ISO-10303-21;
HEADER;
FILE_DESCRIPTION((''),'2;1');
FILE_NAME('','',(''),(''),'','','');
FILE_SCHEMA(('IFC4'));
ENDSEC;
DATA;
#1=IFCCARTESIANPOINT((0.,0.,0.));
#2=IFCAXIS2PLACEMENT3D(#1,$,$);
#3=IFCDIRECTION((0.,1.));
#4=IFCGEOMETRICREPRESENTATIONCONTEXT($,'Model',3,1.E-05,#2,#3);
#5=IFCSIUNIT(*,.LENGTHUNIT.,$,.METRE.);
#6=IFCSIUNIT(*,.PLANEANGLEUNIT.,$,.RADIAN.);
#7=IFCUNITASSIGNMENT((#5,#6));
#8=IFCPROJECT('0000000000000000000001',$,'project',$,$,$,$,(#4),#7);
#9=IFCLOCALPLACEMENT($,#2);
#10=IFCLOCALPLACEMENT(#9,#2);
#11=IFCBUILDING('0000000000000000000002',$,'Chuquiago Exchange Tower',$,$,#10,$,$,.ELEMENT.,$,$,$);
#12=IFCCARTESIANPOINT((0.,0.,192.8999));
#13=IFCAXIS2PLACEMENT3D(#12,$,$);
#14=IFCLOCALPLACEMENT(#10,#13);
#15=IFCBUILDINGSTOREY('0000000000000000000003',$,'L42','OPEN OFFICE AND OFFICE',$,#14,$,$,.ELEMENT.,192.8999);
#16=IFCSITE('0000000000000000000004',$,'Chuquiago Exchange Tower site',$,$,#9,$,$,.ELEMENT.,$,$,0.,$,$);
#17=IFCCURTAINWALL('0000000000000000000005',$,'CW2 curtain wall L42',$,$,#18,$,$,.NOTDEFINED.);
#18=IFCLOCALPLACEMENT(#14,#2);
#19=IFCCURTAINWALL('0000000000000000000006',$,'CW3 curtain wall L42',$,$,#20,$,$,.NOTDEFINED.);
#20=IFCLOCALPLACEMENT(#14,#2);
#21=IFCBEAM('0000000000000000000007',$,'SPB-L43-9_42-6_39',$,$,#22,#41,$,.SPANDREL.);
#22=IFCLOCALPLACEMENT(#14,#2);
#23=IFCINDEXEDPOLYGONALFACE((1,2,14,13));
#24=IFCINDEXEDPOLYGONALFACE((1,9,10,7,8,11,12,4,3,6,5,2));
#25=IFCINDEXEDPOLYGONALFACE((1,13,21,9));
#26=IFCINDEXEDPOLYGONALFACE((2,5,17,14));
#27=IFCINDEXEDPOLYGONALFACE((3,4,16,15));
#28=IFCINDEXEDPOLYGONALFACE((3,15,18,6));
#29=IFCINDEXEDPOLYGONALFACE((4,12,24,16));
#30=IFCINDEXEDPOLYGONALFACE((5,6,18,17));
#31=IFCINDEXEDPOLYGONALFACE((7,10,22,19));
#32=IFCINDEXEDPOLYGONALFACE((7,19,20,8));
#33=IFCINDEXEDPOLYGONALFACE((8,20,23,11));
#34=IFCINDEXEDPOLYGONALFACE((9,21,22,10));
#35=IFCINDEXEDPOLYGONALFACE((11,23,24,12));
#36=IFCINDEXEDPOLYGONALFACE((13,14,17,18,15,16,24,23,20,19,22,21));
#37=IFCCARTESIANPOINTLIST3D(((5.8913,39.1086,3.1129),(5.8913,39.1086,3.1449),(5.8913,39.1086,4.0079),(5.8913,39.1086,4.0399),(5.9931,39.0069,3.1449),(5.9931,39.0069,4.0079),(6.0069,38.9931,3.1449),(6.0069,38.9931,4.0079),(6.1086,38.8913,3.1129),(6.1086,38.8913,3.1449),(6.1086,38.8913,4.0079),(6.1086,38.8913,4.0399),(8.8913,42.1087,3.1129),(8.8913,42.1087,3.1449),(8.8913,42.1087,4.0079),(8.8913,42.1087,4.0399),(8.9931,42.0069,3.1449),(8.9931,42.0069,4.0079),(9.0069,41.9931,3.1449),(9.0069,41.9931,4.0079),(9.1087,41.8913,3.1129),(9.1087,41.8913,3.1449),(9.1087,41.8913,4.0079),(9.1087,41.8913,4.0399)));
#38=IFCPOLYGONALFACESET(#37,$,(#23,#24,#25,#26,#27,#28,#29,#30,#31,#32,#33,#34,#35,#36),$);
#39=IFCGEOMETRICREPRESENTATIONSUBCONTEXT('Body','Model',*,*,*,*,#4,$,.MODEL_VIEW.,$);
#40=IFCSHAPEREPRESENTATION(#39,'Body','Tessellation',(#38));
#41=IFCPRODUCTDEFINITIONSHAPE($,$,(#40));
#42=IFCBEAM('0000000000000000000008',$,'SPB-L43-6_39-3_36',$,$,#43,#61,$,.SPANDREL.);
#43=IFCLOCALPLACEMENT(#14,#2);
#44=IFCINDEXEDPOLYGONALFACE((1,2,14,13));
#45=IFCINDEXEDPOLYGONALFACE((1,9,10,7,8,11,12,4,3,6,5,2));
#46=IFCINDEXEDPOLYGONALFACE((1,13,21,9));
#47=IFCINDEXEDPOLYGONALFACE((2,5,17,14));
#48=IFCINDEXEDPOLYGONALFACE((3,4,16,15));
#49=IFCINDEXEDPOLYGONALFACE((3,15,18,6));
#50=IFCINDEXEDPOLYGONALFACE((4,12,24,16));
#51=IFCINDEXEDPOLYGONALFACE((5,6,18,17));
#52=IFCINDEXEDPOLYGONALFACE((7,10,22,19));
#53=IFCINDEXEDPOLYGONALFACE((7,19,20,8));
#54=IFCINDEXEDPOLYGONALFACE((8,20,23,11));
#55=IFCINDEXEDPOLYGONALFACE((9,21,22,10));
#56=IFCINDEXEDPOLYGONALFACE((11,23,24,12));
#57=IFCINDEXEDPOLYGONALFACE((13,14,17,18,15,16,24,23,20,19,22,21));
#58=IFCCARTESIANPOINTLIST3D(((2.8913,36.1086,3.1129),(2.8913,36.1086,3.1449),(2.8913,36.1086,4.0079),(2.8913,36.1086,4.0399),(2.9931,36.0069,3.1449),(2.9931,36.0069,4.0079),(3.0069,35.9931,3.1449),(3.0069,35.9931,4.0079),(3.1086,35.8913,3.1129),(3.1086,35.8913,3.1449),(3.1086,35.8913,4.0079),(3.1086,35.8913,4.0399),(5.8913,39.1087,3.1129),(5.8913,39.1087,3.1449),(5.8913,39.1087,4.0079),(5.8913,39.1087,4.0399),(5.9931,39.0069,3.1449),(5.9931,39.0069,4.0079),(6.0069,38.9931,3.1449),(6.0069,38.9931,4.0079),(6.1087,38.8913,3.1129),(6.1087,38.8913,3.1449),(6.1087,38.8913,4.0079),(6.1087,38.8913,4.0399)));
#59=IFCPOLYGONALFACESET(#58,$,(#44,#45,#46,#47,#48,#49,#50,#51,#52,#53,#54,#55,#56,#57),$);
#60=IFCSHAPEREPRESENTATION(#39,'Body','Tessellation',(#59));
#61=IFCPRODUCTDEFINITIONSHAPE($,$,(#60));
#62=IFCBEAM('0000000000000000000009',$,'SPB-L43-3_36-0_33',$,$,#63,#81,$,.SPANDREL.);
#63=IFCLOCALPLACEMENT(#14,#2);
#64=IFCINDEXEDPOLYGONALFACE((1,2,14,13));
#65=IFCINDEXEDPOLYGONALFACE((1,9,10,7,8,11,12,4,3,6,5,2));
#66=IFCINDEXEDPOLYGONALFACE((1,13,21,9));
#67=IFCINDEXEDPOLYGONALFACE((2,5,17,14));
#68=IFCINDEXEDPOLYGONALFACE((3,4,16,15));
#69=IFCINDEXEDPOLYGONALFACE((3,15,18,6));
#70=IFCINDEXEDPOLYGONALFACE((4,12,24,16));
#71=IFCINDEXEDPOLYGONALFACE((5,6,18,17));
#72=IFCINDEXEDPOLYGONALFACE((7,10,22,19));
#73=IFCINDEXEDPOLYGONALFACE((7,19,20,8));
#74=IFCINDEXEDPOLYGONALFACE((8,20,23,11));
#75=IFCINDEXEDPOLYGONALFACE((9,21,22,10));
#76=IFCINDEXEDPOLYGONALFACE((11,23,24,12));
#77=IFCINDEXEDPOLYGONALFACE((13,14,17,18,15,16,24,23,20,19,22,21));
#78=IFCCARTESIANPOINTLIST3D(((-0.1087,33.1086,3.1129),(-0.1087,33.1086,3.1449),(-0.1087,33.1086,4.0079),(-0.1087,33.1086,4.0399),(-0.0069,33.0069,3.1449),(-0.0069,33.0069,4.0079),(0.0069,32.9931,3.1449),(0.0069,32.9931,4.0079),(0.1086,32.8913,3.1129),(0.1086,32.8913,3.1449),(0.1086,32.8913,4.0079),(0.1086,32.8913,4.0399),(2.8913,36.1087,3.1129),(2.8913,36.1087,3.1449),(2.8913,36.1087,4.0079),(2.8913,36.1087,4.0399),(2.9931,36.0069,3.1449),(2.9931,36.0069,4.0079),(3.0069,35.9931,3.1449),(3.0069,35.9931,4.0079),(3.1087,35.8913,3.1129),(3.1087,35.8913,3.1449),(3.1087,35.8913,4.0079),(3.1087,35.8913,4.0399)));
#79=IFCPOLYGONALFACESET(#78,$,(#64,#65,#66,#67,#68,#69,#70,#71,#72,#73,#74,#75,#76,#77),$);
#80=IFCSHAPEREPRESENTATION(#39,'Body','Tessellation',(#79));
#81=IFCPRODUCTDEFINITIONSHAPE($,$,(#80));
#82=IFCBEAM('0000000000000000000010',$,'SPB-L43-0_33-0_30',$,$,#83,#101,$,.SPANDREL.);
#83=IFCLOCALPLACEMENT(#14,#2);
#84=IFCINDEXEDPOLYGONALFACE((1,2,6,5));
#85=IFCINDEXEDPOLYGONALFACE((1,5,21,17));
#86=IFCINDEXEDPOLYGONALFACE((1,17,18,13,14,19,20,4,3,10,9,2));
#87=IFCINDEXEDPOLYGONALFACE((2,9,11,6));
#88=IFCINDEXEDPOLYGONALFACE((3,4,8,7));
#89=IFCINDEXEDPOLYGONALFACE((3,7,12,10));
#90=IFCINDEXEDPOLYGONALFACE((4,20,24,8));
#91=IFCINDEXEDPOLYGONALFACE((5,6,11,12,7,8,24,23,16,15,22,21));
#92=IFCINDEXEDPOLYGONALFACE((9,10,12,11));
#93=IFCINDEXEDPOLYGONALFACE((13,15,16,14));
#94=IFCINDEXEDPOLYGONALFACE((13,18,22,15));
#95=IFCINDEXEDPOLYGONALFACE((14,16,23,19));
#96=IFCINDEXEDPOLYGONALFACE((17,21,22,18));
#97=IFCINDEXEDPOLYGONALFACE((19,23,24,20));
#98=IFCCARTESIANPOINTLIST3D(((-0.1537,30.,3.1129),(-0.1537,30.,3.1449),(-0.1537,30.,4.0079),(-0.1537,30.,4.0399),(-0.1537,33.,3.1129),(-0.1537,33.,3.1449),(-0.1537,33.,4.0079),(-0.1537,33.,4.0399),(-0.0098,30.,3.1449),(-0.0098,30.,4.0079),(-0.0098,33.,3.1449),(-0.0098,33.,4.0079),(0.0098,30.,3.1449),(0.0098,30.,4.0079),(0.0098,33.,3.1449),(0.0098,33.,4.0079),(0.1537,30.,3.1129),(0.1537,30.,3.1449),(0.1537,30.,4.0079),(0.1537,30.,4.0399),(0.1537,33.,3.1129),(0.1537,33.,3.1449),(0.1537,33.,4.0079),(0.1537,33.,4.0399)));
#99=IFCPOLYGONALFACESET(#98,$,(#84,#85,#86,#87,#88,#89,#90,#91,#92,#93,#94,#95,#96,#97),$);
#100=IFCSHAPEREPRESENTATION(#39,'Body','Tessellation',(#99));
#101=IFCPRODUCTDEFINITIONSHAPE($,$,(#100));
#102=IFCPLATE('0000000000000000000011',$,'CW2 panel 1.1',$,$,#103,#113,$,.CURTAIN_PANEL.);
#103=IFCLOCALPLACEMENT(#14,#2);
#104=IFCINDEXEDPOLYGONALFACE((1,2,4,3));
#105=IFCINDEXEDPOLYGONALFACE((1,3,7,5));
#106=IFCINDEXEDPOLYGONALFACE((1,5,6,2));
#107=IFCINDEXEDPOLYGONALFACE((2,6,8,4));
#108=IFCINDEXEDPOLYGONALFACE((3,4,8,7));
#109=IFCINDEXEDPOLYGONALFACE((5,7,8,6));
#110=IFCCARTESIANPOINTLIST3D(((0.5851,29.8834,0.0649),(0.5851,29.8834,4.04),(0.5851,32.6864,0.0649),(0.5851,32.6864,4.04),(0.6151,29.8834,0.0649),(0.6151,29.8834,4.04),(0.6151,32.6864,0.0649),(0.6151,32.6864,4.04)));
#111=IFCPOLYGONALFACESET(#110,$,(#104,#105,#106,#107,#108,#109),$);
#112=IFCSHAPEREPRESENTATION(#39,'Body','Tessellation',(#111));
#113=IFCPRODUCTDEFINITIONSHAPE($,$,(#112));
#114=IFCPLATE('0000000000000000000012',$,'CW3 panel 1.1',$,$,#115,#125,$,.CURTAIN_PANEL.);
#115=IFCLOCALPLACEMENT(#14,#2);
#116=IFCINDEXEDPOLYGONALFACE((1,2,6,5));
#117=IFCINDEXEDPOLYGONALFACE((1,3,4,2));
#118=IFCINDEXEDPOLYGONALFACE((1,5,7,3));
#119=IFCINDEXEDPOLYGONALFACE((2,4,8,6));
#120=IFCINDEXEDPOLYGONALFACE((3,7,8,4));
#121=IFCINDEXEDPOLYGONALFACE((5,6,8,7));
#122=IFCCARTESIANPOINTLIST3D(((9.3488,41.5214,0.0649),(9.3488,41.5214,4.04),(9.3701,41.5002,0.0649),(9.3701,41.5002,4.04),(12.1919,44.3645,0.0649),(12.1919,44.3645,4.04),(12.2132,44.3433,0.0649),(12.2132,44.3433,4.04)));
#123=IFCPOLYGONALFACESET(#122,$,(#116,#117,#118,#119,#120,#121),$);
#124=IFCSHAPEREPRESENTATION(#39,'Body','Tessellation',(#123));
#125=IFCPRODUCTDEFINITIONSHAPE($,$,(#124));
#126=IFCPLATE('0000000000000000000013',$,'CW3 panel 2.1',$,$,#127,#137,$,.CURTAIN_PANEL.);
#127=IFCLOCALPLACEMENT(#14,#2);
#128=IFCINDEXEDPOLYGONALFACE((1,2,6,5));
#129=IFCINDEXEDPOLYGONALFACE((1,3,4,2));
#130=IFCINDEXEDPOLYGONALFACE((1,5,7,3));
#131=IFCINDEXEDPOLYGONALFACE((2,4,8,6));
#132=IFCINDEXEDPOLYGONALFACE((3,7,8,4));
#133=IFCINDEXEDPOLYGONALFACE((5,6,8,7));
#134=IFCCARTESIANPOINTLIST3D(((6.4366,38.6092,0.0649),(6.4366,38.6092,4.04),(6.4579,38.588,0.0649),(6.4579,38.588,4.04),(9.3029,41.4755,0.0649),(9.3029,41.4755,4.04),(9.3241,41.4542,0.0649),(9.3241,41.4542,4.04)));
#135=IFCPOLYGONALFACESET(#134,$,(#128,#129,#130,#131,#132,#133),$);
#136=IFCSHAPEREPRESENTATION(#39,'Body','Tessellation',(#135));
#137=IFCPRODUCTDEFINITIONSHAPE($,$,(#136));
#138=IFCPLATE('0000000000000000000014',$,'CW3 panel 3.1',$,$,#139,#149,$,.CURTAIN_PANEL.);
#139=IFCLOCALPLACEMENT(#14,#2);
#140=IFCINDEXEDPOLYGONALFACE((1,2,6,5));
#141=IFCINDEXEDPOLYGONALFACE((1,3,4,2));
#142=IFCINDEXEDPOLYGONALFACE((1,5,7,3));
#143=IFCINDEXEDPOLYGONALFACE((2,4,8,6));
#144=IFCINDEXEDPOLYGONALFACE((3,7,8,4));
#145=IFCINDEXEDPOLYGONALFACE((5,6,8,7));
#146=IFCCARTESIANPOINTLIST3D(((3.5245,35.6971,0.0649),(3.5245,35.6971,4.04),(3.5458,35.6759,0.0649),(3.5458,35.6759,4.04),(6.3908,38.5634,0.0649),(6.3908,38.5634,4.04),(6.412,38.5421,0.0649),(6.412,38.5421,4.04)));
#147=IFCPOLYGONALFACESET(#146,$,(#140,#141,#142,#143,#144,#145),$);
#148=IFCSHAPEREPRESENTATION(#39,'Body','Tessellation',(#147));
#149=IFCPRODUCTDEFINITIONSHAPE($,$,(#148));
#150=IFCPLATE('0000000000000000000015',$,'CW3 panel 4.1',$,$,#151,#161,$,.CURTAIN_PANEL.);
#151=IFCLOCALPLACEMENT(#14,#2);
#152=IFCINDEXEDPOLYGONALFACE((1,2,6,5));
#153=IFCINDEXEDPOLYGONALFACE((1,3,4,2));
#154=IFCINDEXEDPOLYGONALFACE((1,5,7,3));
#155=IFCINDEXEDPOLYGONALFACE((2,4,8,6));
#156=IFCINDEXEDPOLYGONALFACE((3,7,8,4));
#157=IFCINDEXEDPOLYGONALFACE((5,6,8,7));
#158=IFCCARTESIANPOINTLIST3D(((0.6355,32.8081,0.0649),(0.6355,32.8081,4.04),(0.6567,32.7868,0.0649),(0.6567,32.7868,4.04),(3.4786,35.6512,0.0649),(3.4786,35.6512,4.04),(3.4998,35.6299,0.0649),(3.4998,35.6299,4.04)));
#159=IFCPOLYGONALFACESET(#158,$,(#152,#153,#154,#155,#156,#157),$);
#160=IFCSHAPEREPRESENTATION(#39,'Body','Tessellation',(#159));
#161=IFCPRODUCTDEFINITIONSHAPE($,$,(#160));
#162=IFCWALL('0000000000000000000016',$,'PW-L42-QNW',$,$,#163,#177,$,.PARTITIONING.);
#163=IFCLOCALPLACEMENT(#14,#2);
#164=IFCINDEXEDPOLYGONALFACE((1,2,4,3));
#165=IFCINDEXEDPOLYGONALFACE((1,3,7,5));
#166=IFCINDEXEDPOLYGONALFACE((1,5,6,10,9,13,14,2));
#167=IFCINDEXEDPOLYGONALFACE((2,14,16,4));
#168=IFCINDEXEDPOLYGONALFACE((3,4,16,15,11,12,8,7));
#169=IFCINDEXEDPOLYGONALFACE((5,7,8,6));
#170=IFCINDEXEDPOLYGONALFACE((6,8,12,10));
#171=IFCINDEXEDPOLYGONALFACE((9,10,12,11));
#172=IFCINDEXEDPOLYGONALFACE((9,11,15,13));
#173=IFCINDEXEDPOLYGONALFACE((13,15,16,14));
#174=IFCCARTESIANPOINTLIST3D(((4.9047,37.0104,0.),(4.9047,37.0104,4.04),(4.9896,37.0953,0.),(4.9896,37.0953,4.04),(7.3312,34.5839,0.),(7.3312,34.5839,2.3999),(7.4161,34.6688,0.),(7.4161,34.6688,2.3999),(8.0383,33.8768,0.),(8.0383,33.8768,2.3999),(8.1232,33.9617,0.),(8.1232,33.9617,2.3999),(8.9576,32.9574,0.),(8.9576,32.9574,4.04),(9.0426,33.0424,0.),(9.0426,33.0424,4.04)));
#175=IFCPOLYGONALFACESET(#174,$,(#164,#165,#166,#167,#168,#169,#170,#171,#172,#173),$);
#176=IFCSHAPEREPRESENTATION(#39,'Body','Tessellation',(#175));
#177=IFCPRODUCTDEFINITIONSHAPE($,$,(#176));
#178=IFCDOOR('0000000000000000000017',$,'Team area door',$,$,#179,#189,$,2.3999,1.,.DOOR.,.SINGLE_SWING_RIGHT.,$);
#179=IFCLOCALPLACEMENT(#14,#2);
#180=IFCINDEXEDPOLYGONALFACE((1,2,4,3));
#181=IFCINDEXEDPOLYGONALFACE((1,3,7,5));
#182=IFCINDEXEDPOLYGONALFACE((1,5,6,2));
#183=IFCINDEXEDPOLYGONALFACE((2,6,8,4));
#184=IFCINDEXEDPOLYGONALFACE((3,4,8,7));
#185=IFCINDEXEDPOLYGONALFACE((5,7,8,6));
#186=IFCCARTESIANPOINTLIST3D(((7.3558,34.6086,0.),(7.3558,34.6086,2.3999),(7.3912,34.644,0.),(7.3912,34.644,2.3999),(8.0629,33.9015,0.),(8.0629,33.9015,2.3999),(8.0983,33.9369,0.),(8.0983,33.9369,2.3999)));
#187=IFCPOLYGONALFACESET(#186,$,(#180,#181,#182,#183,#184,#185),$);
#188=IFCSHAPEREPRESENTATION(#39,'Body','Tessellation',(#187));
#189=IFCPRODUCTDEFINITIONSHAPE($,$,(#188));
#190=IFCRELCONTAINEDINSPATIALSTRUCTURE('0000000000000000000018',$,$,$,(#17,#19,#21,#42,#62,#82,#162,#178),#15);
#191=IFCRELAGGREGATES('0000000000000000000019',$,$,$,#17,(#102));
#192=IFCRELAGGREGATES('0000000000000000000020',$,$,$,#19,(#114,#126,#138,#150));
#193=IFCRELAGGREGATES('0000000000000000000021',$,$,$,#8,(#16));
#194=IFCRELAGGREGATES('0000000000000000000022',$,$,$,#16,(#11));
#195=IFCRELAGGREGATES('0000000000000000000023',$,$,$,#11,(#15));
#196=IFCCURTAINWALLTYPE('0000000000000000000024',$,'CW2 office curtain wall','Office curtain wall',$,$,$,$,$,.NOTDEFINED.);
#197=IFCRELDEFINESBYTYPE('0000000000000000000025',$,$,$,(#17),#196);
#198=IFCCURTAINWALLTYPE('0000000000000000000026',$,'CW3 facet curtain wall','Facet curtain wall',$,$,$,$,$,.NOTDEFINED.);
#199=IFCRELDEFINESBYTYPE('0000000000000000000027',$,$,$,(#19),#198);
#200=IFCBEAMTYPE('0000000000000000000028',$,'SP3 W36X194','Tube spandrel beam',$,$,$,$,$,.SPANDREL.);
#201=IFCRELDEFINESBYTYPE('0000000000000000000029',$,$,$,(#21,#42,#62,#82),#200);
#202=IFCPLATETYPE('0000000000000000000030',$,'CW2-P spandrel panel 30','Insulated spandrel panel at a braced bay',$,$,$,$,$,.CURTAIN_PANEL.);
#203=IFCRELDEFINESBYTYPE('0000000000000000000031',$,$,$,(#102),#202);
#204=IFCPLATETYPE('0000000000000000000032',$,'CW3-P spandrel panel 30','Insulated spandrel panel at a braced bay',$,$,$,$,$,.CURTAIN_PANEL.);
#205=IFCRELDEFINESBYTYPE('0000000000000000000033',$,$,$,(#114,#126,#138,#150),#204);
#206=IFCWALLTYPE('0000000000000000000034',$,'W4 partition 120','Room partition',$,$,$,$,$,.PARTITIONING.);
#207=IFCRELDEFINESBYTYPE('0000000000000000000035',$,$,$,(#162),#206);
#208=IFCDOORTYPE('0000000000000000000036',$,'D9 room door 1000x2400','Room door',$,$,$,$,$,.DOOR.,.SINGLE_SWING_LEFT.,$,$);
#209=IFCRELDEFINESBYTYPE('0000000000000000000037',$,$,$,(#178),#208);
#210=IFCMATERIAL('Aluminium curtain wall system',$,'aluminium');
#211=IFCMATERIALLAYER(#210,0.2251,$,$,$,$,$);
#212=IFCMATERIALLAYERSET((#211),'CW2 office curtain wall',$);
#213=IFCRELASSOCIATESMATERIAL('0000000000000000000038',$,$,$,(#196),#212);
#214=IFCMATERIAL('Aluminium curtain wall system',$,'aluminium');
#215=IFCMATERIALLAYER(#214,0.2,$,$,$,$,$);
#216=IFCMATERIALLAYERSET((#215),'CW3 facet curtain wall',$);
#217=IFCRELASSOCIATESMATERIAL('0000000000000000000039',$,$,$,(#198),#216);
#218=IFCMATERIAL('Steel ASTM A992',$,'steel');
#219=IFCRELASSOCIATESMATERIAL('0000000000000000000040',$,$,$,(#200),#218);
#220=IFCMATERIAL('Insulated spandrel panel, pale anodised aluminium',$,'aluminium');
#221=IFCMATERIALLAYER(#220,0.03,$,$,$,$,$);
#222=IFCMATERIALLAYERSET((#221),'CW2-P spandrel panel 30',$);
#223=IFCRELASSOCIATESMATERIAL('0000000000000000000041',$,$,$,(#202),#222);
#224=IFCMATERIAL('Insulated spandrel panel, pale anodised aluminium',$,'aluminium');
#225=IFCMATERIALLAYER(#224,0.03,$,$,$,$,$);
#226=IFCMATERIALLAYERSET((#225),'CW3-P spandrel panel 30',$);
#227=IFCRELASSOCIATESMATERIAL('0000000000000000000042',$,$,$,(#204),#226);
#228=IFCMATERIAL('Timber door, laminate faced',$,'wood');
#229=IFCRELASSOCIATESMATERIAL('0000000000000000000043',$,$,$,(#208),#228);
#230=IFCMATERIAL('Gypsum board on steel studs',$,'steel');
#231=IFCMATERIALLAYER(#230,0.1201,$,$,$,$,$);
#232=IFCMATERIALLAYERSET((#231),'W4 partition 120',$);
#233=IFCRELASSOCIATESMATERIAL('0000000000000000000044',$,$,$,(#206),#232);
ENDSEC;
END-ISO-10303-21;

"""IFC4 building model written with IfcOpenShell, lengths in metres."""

from ifc_helpers import new_model, si_unit, direction, frame, frame_2d, origin, origin_2d, place, context, subcontext, project, spatial, rectangle, i_section, extrude, material, layer, layer_set, material_profile, profile_set, type_object, element, fill, aggregate, save


model = new_model("IFC4")

# Units and contexts
model_context = context("Model", 3, precision=1e-05, world=origin(), true_north=direction((0.0, 1.0)))
body_context = subcontext(model_context, "Body", "Model", "MODEL_VIEW")
ifc_project = project(units=[si_unit("LENGTHUNIT", "METRE"), si_unit("PLANEANGLEUNIT", "RADIAN")], contexts=[model_context])

# Site, building, storey
site_placement = place(None, origin())
site = spatial("IfcSite", under=ifc_project, at=site_placement, Name="Chuquiago Exchange Tower site", CompositionType="ELEMENT", RefElevation=0.0)
building_placement = place(site_placement, origin())
building = spatial("IfcBuilding", under=site, at=building_placement, Name="Chuquiago Exchange Tower", CompositionType="ELEMENT")
storey_placement = place(building_placement, frame((0.0, 0.0, 192.8999)))
storey = spatial("IfcBuildingStorey", under=building, at=storey_placement, Name="L42", Description="OPEN OFFICE AND OFFICE", CompositionType="ELEMENT", Elevation=192.8999)

# Curtain walls
ifc_material_1 = material(Name="Aluminium curtain wall system", Category="aluminium")
ifc_layer_1 = layer(ifc_material_1, 0.2251)
ifc_layer_set_1 = layer_set([ifc_layer_1], Name="CW2 office curtain wall")
curtain_wall_type_1 = type_object("IfcCurtainWallType", Name="CW2 office curtain wall", Description="Office curtain wall", PredefinedType="NOTDEFINED", material=ifc_layer_set_1)
curtain_wall_1_placement = place(storey_placement, origin())
curtain_wall_1 = element("IfcCurtainWall", 1, at=curtain_wall_1_placement, inside=storey, type_object=curtain_wall_type_1, Name="CW2 curtain wall L42", PredefinedType="NOTDEFINED")
ifc_material_2 = material(Name="Aluminium curtain wall system", Category="aluminium")
ifc_layer_2 = layer(ifc_material_2, 0.2)
ifc_layer_set_2 = layer_set([ifc_layer_2], Name="CW3 facet curtain wall")
curtain_wall_type_2 = type_object("IfcCurtainWallType", Name="CW3 facet curtain wall", Description="Facet curtain wall", PredefinedType="NOTDEFINED", material=ifc_layer_set_2)
curtain_wall_2_placement = place(storey_placement, origin())
curtain_wall_2 = element("IfcCurtainWall", 2, at=curtain_wall_2_placement, inside=storey, type_object=curtain_wall_type_2, Name="CW3 curtain wall L42", PredefinedType="NOTDEFINED")

# Beams
ifc_material_3 = material(Name="Steel ASTM A992", Category="steel")
ifc_material_profile_1 = material_profile(ifc_material_3, i_section(OverallWidth=0.3074, OverallDepth=0.927, WebThickness=0.0195, FlangeThickness=0.032, at=origin_2d()), Name="W36X194")
ifc_profile_set_1 = profile_set([ifc_material_profile_1], Name="Steel ASTM A992")
beam_type_1 = type_object("IfcBeamType", Name="SP3 W36X194", Description="Tube spandrel beam", PredefinedType="SPANDREL", material=ifc_profile_set_1)
for number, where, z_axis, x_axis, name in (
    (3, (9.0, 42.0, 3.5764), (-0.707107, -0.707107, 0.0), (0.707107, -0.707107, 0.0), "SPB-L43-9_42-6_39"),
    (4, (6.0, 39.0, 3.5764), (-0.707107, -0.707107, 0.0), (0.707107, -0.707107, 0.0), "SPB-L43-6_39-3_36"),
    (5, (3.0, 36.0, 3.5764), (-0.707107, -0.707107, 0.0), (0.707107, -0.707107, 0.0), "SPB-L43-3_36-0_33"),
):
    element("IfcBeam", number, at=place(storey_placement, frame(where, z_axis=z_axis, x_axis=x_axis)), inside=storey, type_object=beam_type_1, Name=name, PredefinedType="SPANDREL", context=body_context, shape_type="SweptSolid", body=[
        extrude(i_section(OverallWidth=0.3074, OverallDepth=0.927, WebThickness=0.0195, FlangeThickness=0.032, at=origin_2d()), origin(), (0.0, 0.0, 1.0), 4.2427),
    ])
beam_1_placement = place(storey_placement, frame((0.0, 33.0, 3.5764), z_axis=(0.0, -1.0, 0.0), x_axis=(1.0, 0.0, 0.0)))
element("IfcBeam", 6, at=beam_1_placement, inside=storey, type_object=beam_type_1, Name="SPB-L43-0_33-0_30", PredefinedType="SPANDREL", context=body_context, shape_type="SweptSolid", body=[
    extrude(i_section(OverallWidth=0.3074, OverallDepth=0.927, WebThickness=0.0195, FlangeThickness=0.032, at=origin_2d()), origin(), (0.0, 0.0, 1.0), 3.0),
])

# Plates
ifc_material_4 = material(Name="Insulated spandrel panel, pale anodised aluminium", Category="aluminium")
ifc_layer_3 = layer(ifc_material_4, 0.03)
ifc_layer_set_3 = layer_set([ifc_layer_3], Name="CW2-P spandrel panel 30")
plate_type_1 = type_object("IfcPlateType", Name="CW2-P spandrel panel 30", Description="Insulated spandrel panel at a braced bay", PredefinedType="CURTAIN_PANEL", material=ifc_layer_set_3)
plate_1_placement = place(storey_placement, frame((0.6001, 31.2849, 0.0649), z_axis=(0.0, 0.0, 1.0), x_axis=(0.0, -1.0, 0.0)))
plate_1 = element("IfcPlate", 7, at=plate_1_placement, type_object=plate_type_1, Name="CW2 panel 1.1", PredefinedType="CURTAIN_PANEL", context=body_context, shape_type="SweptSolid", body=[
    extrude(rectangle(XDim=2.803, YDim=0.03, at=origin_2d()), origin(), (0.0, 0.0, 1.0), 3.9751),
])
aggregate(curtain_wall_1, [plate_1])
ifc_material_5 = material(Name="Insulated spandrel panel, pale anodised aluminium", Category="aluminium")
ifc_layer_4 = layer(ifc_material_5, 0.03)
ifc_layer_set_4 = layer_set([ifc_layer_4], Name="CW3-P spandrel panel 30")
plate_type_2 = type_object("IfcPlateType", Name="CW3-P spandrel panel 30", Description="Insulated spandrel panel at a braced bay", PredefinedType="CURTAIN_PANEL", material=ifc_layer_set_4)
plate_2_placement = place(storey_placement, frame((10.781, 42.9324, 0.0649), z_axis=(0.0, 0.0, 1.0), x_axis=(-0.707107, -0.707107, 0.0)))
plate_2 = element("IfcPlate", 8, at=plate_2_placement, type_object=plate_type_2, Name="CW3 panel 1.1", PredefinedType="CURTAIN_PANEL", context=body_context, shape_type="SweptSolid", body=[
    extrude(rectangle(XDim=4.0208, YDim=0.03, at=origin_2d()), origin(), (0.0, 0.0, 1.0), 3.9751),
])
plate_3_placement = place(storey_placement, frame((7.8804, 40.0317, 0.0649), z_axis=(0.0, 0.0, 1.0), x_axis=(-0.707107, -0.707107, 0.0)))
plate_3 = element("IfcPlate", 9, at=plate_3_placement, type_object=plate_type_2, Name="CW3 panel 2.1", PredefinedType="CURTAIN_PANEL", context=body_context, shape_type="SweptSolid", body=[
    extrude(rectangle(XDim=4.0535, YDim=0.03, at=origin_2d()), origin(), (0.0, 0.0, 1.0), 3.9751),
])
plate_4_placement = place(storey_placement, frame((4.9683, 37.1196, 0.0649), z_axis=(0.0, 0.0, 1.0), x_axis=(-0.707107, -0.707107, 0.0)))
plate_4 = element("IfcPlate", 10, at=plate_4_placement, type_object=plate_type_2, Name="CW3 panel 3.1", PredefinedType="CURTAIN_PANEL", context=body_context, shape_type="SweptSolid", body=[
    extrude(rectangle(XDim=4.0535, YDim=0.03, at=origin_2d()), origin(), (0.0, 0.0, 1.0), 3.9751),
])
plate_5_placement = place(storey_placement, frame((2.0676, 34.219, 0.0649), z_axis=(0.0, 0.0, 1.0), x_axis=(-0.707107, -0.707107, 0.0)))
plate_5 = element("IfcPlate", 11, at=plate_5_placement, type_object=plate_type_2, Name="CW3 panel 4.1", PredefinedType="CURTAIN_PANEL", context=body_context, shape_type="SweptSolid", body=[
    extrude(rectangle(XDim=4.0208, YDim=0.03, at=origin_2d()), origin(), (0.0, 0.0, 1.0), 3.9751),
])
aggregate(curtain_wall_2, [plate_2, plate_3, plate_4, plate_5])

# Wall, opening, door
ifc_material_6 = material(Name="Timber door, laminate faced", Category="wood")
door_type = type_object("IfcDoorType", Name="D9 room door 1000x2400", Description="Room door", OperationType="SINGLE_SWING_LEFT", PredefinedType="DOOR", material=ifc_material_6)
ifc_material_7 = material(Name="Gypsum board on steel studs", Category="steel")
ifc_layer_5 = layer(ifc_material_7, 0.1201)
ifc_layer_set_5 = layer_set([ifc_layer_5], Name="W4 partition 120")
wall_type_1 = type_object("IfcWallType", Name="W4 partition 120", Description="Room partition", PredefinedType="PARTITIONING", material=ifc_layer_set_5)
wall_1_placement = place(storey_placement, frame((9.0, 33.0, 0.0), z_axis=(0.0, 0.0, 1.0), x_axis=(-0.707107, 0.707107, 0.0)))
wall_1 = element("IfcWall", 12, at=wall_1_placement, inside=storey, type_object=wall_type_1, Name="PW-L42-QNW", PredefinedType="PARTITIONING", context=body_context, shape_type="SweptSolid", body=[
    extrude(rectangle(XDim=5.7317, YDim=0.1201, at=frame_2d((2.8657, 0.0))), origin(), (0.0, 0.0, 1.0), 4.04),
])
opening_1_placement = place(wall_1_placement, frame((1.3, 0.0, 0.0)))
opening_1 = element("IfcOpeningElement", 13, at=opening_1_placement, cuts=wall_1, PredefinedType="OPENING", context=body_context, shape_type="SweptSolid", body=[
    extrude(rectangle(XDim=1.0, YDim=2.3999, at=frame_2d((0.5, 1.2))), frame((0.0, 0.0701, 0.0), z_axis=(0.0, -1.0, 0.0), x_axis=(1.0, 0.0, 0.0)), (0.0, 0.0, 1.0), 0.1401),
])
door_1_placement = place(opening_1_placement, frame((1.0, 0.0, 0.0), z_axis=(0.0, 0.0, 1.0), x_axis=(-1.0, 0.0, 0.0)))
door_1 = element("IfcDoor", 14, at=door_1_placement, inside=storey, type_object=door_type, Name="Team area door", OperationType="SINGLE_SWING_RIGHT", OverallHeight=2.3999, OverallWidth=1.0, PredefinedType="DOOR", context=body_context, shape_type="SweptSolid", body=[
    extrude(rectangle(XDim=1.0, YDim=2.3999, at=frame_2d((0.5, 1.2))), frame((0.0, 0.0249, 0.0), z_axis=(0.0, -1.0, 0.0), x_axis=(1.0, 0.0, 0.0)), (0.0, 0.0, 1.0), 0.05),
])
fill(opening_1, door_1)

save(model, "model.ifc")
